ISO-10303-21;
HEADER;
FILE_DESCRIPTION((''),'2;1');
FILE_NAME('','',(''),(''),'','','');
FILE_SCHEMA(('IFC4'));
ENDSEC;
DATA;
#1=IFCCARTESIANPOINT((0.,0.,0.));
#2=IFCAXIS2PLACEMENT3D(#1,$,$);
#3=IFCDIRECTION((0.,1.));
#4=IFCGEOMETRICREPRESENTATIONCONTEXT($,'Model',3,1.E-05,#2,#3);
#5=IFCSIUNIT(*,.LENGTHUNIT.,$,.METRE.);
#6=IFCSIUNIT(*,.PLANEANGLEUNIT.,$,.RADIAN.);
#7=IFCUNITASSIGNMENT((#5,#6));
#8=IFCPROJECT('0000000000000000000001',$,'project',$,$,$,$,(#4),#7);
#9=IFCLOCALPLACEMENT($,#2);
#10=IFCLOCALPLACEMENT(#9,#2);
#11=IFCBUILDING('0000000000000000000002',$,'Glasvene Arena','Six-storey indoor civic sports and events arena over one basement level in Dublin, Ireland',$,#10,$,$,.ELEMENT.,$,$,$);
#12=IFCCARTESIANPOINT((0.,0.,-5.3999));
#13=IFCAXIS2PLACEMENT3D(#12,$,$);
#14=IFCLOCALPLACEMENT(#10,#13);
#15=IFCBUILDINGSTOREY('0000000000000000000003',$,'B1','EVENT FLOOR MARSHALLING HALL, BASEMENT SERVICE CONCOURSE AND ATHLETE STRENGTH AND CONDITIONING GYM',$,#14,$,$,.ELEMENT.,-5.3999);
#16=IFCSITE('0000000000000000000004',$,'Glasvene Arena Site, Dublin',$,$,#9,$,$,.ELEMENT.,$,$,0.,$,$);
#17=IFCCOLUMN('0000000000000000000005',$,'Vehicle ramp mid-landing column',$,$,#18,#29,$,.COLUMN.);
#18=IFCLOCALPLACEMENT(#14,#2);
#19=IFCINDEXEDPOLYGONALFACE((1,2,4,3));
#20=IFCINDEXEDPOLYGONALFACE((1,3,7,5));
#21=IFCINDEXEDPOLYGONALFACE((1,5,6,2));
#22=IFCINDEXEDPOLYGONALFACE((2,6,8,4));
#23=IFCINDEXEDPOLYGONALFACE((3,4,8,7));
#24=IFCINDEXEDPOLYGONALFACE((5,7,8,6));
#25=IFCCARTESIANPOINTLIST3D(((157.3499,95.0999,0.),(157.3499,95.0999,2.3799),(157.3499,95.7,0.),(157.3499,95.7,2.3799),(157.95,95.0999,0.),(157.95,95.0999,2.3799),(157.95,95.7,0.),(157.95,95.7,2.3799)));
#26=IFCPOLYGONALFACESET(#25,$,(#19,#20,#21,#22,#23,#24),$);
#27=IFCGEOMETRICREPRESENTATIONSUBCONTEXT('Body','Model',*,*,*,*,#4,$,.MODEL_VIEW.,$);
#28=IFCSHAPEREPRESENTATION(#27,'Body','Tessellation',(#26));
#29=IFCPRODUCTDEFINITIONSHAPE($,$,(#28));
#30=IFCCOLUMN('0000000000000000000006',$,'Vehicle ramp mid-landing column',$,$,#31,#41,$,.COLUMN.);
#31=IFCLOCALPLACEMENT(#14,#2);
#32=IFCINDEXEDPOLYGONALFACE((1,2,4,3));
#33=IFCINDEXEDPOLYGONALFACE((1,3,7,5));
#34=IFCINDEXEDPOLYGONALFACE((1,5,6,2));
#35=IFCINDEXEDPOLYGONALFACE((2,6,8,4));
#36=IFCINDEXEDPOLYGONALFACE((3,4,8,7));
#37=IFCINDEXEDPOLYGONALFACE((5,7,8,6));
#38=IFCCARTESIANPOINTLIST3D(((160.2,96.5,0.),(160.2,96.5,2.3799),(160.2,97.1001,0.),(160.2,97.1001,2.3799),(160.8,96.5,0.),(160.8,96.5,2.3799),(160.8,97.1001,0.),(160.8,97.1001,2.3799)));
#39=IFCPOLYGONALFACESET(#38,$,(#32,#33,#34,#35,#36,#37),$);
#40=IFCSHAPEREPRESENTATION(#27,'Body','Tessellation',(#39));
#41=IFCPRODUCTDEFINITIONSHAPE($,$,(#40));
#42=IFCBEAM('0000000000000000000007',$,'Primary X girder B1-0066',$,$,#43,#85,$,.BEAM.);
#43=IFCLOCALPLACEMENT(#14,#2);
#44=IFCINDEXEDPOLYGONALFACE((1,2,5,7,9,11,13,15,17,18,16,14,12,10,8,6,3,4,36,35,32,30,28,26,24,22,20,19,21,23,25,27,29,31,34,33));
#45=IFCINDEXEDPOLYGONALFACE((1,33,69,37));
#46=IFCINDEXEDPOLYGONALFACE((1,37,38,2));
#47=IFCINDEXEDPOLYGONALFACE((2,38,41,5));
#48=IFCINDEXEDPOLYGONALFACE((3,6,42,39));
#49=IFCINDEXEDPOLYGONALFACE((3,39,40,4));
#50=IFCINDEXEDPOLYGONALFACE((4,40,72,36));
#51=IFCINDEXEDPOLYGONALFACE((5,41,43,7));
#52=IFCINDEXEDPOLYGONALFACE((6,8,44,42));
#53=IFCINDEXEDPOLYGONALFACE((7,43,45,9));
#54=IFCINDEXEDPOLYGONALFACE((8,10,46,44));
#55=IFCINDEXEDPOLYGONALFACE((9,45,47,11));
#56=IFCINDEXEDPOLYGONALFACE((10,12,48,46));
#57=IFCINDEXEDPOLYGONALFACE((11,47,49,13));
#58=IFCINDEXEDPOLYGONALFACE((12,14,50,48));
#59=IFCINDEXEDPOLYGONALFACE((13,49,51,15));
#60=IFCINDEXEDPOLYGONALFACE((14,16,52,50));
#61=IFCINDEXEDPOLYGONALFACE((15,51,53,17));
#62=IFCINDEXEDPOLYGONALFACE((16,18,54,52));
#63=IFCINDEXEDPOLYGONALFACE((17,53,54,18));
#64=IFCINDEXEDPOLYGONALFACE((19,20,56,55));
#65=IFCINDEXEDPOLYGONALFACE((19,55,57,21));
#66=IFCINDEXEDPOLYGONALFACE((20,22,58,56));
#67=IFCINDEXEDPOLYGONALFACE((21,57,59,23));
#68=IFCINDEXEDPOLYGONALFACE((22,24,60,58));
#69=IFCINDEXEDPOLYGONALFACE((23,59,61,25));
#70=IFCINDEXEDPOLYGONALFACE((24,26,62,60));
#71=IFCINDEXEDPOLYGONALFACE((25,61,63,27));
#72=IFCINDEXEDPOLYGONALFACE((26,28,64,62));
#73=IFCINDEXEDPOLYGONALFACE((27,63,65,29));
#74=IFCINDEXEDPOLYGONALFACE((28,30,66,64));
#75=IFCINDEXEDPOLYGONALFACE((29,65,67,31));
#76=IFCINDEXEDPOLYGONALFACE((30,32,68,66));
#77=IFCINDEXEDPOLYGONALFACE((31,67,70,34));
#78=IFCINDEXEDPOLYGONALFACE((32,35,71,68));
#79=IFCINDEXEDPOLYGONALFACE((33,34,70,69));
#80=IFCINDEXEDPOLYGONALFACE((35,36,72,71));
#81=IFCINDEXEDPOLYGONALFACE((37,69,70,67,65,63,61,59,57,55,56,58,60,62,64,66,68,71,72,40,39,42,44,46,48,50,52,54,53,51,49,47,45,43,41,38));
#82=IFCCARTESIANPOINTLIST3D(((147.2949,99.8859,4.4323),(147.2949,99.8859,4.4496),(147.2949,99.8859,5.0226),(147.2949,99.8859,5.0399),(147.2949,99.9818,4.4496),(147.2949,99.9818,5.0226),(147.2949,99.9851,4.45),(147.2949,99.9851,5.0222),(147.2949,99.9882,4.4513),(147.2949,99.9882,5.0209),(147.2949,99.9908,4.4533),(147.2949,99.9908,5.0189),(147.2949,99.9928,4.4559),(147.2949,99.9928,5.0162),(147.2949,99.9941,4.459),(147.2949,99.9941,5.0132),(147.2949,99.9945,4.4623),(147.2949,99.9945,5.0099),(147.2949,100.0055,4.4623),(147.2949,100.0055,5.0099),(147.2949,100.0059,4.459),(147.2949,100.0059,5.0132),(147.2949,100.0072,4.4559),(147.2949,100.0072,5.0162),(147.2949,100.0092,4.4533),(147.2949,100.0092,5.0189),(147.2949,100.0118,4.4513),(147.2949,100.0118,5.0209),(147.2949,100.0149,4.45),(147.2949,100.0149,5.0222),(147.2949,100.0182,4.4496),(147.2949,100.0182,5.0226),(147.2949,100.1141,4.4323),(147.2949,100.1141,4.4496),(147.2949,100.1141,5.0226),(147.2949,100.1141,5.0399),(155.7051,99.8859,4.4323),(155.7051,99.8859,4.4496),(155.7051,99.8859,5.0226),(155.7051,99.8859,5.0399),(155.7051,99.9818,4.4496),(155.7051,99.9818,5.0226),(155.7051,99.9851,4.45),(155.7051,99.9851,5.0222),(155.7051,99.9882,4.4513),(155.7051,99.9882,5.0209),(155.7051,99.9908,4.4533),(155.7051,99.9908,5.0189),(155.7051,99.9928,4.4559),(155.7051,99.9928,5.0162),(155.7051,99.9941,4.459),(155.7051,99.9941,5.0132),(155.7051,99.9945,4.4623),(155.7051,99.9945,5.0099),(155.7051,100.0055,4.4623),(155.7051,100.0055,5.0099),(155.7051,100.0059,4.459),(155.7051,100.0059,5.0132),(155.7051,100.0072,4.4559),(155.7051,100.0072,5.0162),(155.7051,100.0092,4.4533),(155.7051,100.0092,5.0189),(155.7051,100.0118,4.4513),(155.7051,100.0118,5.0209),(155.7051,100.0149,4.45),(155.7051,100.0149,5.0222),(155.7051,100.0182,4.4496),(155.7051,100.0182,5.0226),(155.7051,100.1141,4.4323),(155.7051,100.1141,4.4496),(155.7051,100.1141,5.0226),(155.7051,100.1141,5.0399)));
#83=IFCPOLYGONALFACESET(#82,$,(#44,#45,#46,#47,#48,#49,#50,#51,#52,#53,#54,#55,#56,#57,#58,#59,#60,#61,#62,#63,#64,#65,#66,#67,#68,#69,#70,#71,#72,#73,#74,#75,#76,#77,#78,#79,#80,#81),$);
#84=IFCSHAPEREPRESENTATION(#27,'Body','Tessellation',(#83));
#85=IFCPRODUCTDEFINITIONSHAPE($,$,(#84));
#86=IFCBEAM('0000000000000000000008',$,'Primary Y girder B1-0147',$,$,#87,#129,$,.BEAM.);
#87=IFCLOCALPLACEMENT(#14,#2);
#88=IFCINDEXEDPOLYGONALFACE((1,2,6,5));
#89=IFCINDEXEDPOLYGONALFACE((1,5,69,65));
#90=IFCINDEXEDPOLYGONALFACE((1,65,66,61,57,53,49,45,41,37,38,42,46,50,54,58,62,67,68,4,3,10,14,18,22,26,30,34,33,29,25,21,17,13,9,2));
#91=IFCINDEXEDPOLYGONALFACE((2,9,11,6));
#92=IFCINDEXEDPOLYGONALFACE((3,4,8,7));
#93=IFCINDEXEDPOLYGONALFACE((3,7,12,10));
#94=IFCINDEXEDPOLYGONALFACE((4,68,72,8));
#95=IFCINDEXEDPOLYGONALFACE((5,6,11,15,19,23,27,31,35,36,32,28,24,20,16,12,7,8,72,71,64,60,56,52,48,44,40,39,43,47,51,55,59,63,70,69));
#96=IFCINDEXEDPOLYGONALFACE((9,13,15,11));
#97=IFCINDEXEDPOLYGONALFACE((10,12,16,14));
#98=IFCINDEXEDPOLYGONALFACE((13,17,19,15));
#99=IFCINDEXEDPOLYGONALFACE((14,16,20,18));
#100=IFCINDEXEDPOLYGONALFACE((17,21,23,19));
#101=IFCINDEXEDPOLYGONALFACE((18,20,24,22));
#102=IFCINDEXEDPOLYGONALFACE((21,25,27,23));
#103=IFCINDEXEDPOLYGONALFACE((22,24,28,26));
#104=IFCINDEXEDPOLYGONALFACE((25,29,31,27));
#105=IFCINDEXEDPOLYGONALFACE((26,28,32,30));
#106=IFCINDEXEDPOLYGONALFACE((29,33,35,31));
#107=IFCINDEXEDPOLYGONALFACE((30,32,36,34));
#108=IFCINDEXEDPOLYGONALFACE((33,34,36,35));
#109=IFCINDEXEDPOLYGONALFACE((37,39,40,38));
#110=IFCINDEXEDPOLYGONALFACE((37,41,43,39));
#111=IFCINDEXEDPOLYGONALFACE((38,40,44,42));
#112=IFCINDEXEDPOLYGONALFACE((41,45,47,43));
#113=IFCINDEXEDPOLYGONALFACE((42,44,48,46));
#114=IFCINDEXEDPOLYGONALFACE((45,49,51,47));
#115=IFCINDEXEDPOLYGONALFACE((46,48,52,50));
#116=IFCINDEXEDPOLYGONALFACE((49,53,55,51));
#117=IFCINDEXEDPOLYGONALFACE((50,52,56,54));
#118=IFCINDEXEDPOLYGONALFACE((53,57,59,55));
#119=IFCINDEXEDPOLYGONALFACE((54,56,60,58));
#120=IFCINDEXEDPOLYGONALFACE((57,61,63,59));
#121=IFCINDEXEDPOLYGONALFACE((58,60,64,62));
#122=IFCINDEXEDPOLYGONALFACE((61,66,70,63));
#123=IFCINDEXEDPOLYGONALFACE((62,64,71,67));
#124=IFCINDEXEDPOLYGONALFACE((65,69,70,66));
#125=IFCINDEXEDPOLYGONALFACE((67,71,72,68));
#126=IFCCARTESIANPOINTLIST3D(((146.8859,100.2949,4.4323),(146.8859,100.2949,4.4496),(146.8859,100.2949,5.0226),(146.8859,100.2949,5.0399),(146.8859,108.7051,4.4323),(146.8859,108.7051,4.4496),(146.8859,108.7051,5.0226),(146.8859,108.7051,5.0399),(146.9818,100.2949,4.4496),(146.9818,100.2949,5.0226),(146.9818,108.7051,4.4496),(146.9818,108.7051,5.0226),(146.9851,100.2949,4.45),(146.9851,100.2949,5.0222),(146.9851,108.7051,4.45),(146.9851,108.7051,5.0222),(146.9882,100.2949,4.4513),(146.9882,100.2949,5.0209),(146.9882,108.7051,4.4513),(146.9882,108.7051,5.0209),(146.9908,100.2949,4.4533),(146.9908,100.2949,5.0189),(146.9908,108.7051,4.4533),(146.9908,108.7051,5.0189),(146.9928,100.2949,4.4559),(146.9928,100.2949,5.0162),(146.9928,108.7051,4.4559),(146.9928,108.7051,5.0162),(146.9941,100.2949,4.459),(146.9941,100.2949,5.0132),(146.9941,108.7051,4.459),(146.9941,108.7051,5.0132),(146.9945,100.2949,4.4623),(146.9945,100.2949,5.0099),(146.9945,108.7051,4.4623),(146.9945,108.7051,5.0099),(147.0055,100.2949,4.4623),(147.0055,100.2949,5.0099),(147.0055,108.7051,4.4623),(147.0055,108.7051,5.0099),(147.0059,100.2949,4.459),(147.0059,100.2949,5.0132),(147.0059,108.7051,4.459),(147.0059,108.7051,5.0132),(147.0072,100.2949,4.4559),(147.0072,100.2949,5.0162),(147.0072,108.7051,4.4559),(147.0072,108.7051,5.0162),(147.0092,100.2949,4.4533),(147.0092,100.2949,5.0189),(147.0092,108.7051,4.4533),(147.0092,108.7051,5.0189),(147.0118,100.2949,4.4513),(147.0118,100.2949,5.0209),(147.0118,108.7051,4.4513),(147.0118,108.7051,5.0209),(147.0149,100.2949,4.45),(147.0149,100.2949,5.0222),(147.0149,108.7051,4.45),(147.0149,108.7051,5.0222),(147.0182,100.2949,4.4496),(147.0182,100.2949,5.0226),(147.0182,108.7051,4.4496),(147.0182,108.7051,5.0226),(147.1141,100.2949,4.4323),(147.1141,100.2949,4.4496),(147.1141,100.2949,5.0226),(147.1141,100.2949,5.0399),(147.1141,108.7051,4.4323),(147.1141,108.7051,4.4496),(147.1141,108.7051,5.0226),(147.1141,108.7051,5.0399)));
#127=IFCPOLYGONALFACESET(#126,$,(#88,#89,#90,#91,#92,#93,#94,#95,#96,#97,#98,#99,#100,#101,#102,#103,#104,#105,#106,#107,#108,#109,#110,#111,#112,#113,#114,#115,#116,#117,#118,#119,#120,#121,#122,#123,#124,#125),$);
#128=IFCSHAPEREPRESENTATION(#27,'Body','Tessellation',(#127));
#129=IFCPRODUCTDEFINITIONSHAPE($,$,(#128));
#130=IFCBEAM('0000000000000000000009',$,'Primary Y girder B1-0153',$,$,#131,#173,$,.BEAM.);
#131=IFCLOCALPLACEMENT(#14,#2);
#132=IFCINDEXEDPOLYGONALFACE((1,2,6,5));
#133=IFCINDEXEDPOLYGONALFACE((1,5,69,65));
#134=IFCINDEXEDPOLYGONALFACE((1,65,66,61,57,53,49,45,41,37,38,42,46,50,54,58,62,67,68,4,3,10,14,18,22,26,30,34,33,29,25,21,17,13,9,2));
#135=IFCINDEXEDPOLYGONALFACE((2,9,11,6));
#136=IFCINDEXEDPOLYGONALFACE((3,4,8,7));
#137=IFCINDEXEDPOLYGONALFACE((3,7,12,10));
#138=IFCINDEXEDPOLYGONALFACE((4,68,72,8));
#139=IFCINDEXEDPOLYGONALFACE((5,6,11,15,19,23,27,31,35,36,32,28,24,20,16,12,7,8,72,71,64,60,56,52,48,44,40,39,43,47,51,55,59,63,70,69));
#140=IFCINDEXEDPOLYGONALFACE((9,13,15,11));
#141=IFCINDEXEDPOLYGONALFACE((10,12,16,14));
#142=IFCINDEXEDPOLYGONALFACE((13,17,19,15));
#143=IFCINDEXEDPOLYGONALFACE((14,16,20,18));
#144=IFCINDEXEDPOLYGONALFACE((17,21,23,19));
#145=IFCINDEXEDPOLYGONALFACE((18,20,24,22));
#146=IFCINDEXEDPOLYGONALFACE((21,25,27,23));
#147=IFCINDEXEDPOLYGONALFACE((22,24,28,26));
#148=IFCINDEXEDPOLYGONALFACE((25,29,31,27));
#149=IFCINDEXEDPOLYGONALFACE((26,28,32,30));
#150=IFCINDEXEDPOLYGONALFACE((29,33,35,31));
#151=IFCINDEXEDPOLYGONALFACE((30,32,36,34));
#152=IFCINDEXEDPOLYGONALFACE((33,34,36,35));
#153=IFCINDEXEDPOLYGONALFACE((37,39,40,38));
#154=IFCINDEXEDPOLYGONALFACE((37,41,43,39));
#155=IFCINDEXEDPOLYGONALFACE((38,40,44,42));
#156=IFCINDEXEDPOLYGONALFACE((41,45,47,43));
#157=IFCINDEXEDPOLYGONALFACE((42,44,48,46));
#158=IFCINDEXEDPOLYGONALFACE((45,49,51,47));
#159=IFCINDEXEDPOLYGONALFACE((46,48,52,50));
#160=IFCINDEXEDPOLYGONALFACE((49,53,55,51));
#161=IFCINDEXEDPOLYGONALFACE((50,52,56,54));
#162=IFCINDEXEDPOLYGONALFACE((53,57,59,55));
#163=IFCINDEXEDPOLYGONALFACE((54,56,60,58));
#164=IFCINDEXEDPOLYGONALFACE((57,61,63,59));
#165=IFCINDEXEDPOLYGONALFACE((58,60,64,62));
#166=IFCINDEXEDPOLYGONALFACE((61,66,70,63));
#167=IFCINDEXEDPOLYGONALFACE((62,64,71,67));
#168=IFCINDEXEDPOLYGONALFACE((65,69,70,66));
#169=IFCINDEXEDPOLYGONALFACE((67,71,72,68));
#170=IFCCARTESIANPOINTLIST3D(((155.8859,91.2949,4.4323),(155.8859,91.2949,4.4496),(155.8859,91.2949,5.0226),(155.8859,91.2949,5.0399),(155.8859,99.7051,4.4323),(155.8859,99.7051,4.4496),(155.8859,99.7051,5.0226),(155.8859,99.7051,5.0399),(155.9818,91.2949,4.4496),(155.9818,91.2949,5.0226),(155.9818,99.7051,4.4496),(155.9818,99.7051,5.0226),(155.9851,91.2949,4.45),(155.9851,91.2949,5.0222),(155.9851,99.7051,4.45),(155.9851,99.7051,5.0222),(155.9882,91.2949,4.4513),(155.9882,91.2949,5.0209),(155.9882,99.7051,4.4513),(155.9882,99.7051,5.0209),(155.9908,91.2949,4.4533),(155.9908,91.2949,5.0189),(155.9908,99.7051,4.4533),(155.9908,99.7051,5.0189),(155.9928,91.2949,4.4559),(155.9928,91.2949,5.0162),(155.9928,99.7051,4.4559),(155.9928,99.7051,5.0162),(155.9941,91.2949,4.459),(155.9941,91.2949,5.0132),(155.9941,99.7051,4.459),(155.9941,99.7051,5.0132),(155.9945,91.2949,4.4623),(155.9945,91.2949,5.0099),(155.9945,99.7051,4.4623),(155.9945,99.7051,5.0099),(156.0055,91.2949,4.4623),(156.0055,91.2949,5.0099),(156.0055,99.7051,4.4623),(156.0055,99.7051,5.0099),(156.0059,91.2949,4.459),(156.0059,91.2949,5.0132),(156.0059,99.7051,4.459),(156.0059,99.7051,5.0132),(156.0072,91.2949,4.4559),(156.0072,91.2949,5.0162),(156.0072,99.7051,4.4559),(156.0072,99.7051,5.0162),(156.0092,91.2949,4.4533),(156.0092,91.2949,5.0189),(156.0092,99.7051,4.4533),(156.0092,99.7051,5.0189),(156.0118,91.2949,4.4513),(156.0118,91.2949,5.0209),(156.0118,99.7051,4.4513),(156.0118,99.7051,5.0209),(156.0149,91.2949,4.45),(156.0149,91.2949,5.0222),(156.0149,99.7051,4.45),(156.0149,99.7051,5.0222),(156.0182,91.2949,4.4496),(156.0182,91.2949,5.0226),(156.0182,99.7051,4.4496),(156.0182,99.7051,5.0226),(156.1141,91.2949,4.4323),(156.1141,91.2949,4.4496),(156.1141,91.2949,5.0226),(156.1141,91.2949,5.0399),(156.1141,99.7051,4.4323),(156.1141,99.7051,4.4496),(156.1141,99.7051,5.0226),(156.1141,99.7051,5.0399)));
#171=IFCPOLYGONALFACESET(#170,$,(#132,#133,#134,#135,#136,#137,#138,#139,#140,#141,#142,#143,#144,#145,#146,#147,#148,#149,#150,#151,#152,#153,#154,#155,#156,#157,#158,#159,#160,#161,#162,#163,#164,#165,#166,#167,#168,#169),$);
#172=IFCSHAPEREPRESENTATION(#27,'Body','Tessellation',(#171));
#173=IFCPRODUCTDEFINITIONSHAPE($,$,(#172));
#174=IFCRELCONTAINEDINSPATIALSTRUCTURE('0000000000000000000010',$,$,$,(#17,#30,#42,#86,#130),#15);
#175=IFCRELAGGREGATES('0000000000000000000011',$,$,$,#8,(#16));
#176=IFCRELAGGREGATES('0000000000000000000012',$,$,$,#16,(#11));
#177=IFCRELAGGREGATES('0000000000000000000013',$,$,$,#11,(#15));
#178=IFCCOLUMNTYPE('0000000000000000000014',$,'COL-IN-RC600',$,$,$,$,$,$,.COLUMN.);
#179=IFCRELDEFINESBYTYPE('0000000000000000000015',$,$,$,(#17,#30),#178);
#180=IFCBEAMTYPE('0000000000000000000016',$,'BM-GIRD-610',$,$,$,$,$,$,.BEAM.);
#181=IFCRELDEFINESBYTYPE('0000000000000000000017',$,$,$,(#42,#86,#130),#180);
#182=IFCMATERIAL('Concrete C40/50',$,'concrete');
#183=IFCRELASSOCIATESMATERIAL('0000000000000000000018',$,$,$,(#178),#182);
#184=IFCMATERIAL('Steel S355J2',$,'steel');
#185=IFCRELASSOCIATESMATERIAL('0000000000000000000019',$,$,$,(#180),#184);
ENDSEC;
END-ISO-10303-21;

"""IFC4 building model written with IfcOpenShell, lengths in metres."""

from ifc_helpers import new_model, si_unit, direction, frame, origin, origin_2d, place, context, subcontext, project, spatial, rectangle, i_section, extrude, material, material_profile, profile_set, type_object, element, save


model = new_model("IFC4")

# Units and contexts
model_context = context("Model", 3, precision=1e-05, world=origin(), true_north=direction((0.0, 1.0)))
body_context = subcontext(model_context, "Body", "Model", "MODEL_VIEW")
ifc_project = project(units=[si_unit("LENGTHUNIT", "METRE"), si_unit("PLANEANGLEUNIT", "RADIAN")], contexts=[model_context])

# Site, building, storey
site_placement = place(None, origin())
site = spatial("IfcSite", under=ifc_project, at=site_placement, Name="Glasvene Arena Site, Dublin", CompositionType="ELEMENT", RefElevation=0.0)
building_placement = place(site_placement, origin())
building = spatial("IfcBuilding", under=site, at=building_placement, Name="Glasvene Arena", Description="Six-storey indoor civic sports and events arena over one basement level in Dublin, Ireland", CompositionType="ELEMENT")
storey_placement = place(building_placement, frame((0.0, 0.0, -5.3999)))
storey = spatial("IfcBuildingStorey", under=building, at=storey_placement, Name="B1", Description="EVENT FLOOR MARSHALLING HALL, BASEMENT SERVICE CONCOURSE AND ATHLETE STRENGTH AND CONDITIONING GYM", CompositionType="ELEMENT", Elevation=-5.3999)

# Shared definitions
ifc_material_1 = material(Name="Concrete C40/50", Category="concrete")

# Columns
ifc_material_profile_1 = material_profile(ifc_material_1, rectangle(XDim=0.6001, YDim=0.6001, at=origin_2d()), Name="RC 600x600")
ifc_profile_set_1 = profile_set([ifc_material_profile_1], Name="Concrete C40/50")
column_type = type_object("IfcColumnType", Name="COL-IN-RC600", PredefinedType="COLUMN", material=ifc_profile_set_1)
for number, where, z_axis, x_axis, name in (
    (1, (157.6499, 95.3999, 0.0), (0.0, 0.0, 1.0), (1.0, 0.0, 0.0), "Vehicle ramp mid-landing column"),
    (2, (160.5, 96.8, 0.0), (0.0, 0.0, 1.0), (1.0, 0.0, 0.0), "Vehicle ramp mid-landing column"),
):
    element("IfcColumn", number, at=place(storey_placement, frame(where, z_axis=z_axis, x_axis=x_axis)), inside=storey, type_object=column_type, Name=name, PredefinedType="COLUMN", context=body_context, shape_type="SweptSolid", body=[
        extrude(rectangle(XDim=0.6001, YDim=0.6001, at=origin_2d()), origin(), (0.0, 0.0, 1.0), 2.3799),
    ])

# Beams
ifc_material_2 = material(Name="Steel S355J2", Category="steel")
ifc_material_profile_2 = material_profile(ifc_material_2, i_section(OverallWidth=0.2283, OverallDepth=0.6077, WebThickness=0.011, FlangeThickness=0.0173, FilletRadius=0.0127, at=origin_2d()), Name="UKB 610x229x113")
ifc_profile_set_2 = profile_set([ifc_material_profile_2], Name="Steel S355J2")
beam_type_1 = type_object("IfcBeamType", Name="BM-GIRD-610", PredefinedType="BEAM", material=ifc_profile_set_2)
for number, where, z_axis, x_axis, name in (
    (3, (147.2949, 100.0, 4.7361), (1.0, 0.0, 0.0), (0.0, 1.0, 0.0), "Primary X girder B1-0066"),
    (4, (147.0, 100.2949, 4.7361), (0.0, 1.0, 0.0), (-1.0, 0.0, 0.0), "Primary Y girder B1-0147"),
    (5, (156.0, 91.2949, 4.7361), (0.0, 1.0, 0.0), (-1.0, 0.0, 0.0), "Primary Y girder B1-0153"),
):
    element("IfcBeam", number, at=place(storey_placement, frame(where, z_axis=z_axis, x_axis=x_axis)), inside=storey, type_object=beam_type_1, Name=name, PredefinedType="BEAM", context=body_context, shape_type="SweptSolid", body=[
        extrude(i_section(OverallWidth=0.2283, OverallDepth=0.6077, WebThickness=0.011, FlangeThickness=0.0173, FilletRadius=0.0127, at=origin_2d()), origin(), (0.0, 0.0, 1.0), 8.4102),
    ])

save(model, "model.ifc")
